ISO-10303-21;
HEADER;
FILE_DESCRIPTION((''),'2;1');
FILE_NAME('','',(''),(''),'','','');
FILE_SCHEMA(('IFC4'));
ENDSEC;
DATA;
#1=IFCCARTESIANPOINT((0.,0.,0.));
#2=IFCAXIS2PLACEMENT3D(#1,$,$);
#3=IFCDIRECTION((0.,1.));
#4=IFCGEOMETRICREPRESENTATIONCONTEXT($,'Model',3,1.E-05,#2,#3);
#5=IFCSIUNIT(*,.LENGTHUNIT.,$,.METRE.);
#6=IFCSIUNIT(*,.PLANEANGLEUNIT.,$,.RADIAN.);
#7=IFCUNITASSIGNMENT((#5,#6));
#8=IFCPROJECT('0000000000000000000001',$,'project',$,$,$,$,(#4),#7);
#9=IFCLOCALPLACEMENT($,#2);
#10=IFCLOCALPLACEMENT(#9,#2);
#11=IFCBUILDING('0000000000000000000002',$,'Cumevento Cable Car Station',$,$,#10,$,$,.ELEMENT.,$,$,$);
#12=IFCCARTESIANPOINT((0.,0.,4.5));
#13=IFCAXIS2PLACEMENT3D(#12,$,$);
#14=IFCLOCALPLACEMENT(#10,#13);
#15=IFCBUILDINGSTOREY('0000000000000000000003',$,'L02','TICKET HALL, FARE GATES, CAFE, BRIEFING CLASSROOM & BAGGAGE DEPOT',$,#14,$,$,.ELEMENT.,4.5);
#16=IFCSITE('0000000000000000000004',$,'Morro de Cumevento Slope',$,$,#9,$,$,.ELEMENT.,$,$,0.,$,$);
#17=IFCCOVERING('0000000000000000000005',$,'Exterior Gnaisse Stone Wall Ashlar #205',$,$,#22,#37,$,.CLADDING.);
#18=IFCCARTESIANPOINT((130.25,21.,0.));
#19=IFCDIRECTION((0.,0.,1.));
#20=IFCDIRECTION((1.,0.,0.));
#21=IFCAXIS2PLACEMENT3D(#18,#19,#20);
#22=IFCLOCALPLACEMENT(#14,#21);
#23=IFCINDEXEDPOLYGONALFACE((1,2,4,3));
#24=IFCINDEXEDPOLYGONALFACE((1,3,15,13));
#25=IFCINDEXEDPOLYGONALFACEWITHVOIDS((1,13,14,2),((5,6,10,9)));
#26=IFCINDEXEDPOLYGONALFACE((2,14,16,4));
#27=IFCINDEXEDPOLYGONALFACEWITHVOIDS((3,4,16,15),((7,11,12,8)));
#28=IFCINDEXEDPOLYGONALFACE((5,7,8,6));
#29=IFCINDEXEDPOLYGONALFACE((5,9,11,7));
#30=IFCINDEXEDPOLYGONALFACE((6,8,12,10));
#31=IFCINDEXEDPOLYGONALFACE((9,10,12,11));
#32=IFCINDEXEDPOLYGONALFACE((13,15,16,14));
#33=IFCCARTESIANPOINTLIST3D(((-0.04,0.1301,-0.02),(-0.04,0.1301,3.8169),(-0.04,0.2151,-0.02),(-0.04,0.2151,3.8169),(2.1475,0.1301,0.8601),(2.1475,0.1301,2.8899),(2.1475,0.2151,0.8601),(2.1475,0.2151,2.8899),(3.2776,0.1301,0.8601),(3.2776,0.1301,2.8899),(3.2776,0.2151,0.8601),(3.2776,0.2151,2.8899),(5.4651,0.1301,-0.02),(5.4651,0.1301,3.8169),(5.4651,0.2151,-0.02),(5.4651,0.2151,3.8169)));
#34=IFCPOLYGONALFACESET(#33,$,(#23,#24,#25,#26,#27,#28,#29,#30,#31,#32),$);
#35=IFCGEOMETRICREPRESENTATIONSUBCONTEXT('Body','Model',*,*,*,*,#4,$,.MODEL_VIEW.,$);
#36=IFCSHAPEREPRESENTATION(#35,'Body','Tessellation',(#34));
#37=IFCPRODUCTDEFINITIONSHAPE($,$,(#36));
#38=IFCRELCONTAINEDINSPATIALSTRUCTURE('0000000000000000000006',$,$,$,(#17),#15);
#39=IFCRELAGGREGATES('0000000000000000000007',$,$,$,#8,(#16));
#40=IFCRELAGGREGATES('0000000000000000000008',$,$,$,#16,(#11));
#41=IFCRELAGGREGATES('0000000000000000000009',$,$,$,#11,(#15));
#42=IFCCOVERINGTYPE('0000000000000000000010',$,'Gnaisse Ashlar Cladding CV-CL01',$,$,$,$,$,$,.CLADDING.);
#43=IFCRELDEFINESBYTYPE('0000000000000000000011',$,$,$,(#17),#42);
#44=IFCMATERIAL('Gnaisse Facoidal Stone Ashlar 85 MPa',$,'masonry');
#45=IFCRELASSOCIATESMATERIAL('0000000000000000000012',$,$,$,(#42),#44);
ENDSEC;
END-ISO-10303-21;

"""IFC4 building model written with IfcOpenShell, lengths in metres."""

from ifc_helpers import new_model, si_unit, direction, frame, origin, place, context, subcontext, project, spatial, polyline, outline, extrude, material, type_object, element, save


model = new_model("IFC4")

# Units and contexts
model_context = context("Model", 3, precision=1e-05, world=origin(), true_north=direction((0.0, 1.0)))
body_context = subcontext(model_context, "Body", "Model", "MODEL_VIEW")
ifc_project = project(units=[si_unit("LENGTHUNIT", "METRE"), si_unit("PLANEANGLEUNIT", "RADIAN")], contexts=[model_context])

# Site, building, storey
site_placement = place(None, origin())
site = spatial("IfcSite", under=ifc_project, at=site_placement, Name="Morro de Cumevento Slope", CompositionType="ELEMENT", RefElevation=0.0)
building_placement = place(site_placement, origin())
building = spatial("IfcBuilding", under=site, at=building_placement, Name="Cumevento Cable Car Station", CompositionType="ELEMENT")
storey_placement = place(building_placement, frame((0.0, 0.0, 4.5)))
storey = spatial("IfcBuildingStorey", under=building, at=storey_placement, Name="L02", Description="TICKET HALL, FARE GATES, CAFE, BRIEFING CLASSROOM & BAGGAGE DEPOT", CompositionType="ELEMENT", Elevation=4.5)

# Covering
ifc_material_1 = material(Name="Gnaisse Facoidal Stone Ashlar 85 MPa", Category="masonry")
covering_type = type_object("IfcCoveringType", Name="Gnaisse Ashlar Cladding CV-CL01", PredefinedType="CLADDING", material=ifc_material_1)
covering_placement = place(storey_placement, frame((130.25, 21.0, 0.0), z_axis=(0.0, 0.0, 1.0), x_axis=(1.0, 0.0, 0.0)))
element("IfcCovering", 1, at=covering_placement, inside=storey, type_object=covering_type, Name="Exterior Gnaisse Stone Wall Ashlar #205", PredefinedType="CLADDING", context=body_context, shape_type="SweptSolid", body=[
    extrude(outline(polyline([(-0.04, -0.02), (5.4651, -0.02), (5.4651, 3.8169), (-0.04, 3.8169), (-0.04, -0.02)]), holes=[polyline([(2.1475, 0.8601), (3.2776, 0.8601), (3.2776, 2.8899), (2.1475, 2.8899), (2.1475, 0.8601)])]), frame((0.0, 0.2151, 0.0), z_axis=(0.0, -1.0, 0.0), x_axis=(1.0, 0.0, 0.0)), (0.0, 0.0, 1.0), 0.085),
])

save(model, "model.ifc")
